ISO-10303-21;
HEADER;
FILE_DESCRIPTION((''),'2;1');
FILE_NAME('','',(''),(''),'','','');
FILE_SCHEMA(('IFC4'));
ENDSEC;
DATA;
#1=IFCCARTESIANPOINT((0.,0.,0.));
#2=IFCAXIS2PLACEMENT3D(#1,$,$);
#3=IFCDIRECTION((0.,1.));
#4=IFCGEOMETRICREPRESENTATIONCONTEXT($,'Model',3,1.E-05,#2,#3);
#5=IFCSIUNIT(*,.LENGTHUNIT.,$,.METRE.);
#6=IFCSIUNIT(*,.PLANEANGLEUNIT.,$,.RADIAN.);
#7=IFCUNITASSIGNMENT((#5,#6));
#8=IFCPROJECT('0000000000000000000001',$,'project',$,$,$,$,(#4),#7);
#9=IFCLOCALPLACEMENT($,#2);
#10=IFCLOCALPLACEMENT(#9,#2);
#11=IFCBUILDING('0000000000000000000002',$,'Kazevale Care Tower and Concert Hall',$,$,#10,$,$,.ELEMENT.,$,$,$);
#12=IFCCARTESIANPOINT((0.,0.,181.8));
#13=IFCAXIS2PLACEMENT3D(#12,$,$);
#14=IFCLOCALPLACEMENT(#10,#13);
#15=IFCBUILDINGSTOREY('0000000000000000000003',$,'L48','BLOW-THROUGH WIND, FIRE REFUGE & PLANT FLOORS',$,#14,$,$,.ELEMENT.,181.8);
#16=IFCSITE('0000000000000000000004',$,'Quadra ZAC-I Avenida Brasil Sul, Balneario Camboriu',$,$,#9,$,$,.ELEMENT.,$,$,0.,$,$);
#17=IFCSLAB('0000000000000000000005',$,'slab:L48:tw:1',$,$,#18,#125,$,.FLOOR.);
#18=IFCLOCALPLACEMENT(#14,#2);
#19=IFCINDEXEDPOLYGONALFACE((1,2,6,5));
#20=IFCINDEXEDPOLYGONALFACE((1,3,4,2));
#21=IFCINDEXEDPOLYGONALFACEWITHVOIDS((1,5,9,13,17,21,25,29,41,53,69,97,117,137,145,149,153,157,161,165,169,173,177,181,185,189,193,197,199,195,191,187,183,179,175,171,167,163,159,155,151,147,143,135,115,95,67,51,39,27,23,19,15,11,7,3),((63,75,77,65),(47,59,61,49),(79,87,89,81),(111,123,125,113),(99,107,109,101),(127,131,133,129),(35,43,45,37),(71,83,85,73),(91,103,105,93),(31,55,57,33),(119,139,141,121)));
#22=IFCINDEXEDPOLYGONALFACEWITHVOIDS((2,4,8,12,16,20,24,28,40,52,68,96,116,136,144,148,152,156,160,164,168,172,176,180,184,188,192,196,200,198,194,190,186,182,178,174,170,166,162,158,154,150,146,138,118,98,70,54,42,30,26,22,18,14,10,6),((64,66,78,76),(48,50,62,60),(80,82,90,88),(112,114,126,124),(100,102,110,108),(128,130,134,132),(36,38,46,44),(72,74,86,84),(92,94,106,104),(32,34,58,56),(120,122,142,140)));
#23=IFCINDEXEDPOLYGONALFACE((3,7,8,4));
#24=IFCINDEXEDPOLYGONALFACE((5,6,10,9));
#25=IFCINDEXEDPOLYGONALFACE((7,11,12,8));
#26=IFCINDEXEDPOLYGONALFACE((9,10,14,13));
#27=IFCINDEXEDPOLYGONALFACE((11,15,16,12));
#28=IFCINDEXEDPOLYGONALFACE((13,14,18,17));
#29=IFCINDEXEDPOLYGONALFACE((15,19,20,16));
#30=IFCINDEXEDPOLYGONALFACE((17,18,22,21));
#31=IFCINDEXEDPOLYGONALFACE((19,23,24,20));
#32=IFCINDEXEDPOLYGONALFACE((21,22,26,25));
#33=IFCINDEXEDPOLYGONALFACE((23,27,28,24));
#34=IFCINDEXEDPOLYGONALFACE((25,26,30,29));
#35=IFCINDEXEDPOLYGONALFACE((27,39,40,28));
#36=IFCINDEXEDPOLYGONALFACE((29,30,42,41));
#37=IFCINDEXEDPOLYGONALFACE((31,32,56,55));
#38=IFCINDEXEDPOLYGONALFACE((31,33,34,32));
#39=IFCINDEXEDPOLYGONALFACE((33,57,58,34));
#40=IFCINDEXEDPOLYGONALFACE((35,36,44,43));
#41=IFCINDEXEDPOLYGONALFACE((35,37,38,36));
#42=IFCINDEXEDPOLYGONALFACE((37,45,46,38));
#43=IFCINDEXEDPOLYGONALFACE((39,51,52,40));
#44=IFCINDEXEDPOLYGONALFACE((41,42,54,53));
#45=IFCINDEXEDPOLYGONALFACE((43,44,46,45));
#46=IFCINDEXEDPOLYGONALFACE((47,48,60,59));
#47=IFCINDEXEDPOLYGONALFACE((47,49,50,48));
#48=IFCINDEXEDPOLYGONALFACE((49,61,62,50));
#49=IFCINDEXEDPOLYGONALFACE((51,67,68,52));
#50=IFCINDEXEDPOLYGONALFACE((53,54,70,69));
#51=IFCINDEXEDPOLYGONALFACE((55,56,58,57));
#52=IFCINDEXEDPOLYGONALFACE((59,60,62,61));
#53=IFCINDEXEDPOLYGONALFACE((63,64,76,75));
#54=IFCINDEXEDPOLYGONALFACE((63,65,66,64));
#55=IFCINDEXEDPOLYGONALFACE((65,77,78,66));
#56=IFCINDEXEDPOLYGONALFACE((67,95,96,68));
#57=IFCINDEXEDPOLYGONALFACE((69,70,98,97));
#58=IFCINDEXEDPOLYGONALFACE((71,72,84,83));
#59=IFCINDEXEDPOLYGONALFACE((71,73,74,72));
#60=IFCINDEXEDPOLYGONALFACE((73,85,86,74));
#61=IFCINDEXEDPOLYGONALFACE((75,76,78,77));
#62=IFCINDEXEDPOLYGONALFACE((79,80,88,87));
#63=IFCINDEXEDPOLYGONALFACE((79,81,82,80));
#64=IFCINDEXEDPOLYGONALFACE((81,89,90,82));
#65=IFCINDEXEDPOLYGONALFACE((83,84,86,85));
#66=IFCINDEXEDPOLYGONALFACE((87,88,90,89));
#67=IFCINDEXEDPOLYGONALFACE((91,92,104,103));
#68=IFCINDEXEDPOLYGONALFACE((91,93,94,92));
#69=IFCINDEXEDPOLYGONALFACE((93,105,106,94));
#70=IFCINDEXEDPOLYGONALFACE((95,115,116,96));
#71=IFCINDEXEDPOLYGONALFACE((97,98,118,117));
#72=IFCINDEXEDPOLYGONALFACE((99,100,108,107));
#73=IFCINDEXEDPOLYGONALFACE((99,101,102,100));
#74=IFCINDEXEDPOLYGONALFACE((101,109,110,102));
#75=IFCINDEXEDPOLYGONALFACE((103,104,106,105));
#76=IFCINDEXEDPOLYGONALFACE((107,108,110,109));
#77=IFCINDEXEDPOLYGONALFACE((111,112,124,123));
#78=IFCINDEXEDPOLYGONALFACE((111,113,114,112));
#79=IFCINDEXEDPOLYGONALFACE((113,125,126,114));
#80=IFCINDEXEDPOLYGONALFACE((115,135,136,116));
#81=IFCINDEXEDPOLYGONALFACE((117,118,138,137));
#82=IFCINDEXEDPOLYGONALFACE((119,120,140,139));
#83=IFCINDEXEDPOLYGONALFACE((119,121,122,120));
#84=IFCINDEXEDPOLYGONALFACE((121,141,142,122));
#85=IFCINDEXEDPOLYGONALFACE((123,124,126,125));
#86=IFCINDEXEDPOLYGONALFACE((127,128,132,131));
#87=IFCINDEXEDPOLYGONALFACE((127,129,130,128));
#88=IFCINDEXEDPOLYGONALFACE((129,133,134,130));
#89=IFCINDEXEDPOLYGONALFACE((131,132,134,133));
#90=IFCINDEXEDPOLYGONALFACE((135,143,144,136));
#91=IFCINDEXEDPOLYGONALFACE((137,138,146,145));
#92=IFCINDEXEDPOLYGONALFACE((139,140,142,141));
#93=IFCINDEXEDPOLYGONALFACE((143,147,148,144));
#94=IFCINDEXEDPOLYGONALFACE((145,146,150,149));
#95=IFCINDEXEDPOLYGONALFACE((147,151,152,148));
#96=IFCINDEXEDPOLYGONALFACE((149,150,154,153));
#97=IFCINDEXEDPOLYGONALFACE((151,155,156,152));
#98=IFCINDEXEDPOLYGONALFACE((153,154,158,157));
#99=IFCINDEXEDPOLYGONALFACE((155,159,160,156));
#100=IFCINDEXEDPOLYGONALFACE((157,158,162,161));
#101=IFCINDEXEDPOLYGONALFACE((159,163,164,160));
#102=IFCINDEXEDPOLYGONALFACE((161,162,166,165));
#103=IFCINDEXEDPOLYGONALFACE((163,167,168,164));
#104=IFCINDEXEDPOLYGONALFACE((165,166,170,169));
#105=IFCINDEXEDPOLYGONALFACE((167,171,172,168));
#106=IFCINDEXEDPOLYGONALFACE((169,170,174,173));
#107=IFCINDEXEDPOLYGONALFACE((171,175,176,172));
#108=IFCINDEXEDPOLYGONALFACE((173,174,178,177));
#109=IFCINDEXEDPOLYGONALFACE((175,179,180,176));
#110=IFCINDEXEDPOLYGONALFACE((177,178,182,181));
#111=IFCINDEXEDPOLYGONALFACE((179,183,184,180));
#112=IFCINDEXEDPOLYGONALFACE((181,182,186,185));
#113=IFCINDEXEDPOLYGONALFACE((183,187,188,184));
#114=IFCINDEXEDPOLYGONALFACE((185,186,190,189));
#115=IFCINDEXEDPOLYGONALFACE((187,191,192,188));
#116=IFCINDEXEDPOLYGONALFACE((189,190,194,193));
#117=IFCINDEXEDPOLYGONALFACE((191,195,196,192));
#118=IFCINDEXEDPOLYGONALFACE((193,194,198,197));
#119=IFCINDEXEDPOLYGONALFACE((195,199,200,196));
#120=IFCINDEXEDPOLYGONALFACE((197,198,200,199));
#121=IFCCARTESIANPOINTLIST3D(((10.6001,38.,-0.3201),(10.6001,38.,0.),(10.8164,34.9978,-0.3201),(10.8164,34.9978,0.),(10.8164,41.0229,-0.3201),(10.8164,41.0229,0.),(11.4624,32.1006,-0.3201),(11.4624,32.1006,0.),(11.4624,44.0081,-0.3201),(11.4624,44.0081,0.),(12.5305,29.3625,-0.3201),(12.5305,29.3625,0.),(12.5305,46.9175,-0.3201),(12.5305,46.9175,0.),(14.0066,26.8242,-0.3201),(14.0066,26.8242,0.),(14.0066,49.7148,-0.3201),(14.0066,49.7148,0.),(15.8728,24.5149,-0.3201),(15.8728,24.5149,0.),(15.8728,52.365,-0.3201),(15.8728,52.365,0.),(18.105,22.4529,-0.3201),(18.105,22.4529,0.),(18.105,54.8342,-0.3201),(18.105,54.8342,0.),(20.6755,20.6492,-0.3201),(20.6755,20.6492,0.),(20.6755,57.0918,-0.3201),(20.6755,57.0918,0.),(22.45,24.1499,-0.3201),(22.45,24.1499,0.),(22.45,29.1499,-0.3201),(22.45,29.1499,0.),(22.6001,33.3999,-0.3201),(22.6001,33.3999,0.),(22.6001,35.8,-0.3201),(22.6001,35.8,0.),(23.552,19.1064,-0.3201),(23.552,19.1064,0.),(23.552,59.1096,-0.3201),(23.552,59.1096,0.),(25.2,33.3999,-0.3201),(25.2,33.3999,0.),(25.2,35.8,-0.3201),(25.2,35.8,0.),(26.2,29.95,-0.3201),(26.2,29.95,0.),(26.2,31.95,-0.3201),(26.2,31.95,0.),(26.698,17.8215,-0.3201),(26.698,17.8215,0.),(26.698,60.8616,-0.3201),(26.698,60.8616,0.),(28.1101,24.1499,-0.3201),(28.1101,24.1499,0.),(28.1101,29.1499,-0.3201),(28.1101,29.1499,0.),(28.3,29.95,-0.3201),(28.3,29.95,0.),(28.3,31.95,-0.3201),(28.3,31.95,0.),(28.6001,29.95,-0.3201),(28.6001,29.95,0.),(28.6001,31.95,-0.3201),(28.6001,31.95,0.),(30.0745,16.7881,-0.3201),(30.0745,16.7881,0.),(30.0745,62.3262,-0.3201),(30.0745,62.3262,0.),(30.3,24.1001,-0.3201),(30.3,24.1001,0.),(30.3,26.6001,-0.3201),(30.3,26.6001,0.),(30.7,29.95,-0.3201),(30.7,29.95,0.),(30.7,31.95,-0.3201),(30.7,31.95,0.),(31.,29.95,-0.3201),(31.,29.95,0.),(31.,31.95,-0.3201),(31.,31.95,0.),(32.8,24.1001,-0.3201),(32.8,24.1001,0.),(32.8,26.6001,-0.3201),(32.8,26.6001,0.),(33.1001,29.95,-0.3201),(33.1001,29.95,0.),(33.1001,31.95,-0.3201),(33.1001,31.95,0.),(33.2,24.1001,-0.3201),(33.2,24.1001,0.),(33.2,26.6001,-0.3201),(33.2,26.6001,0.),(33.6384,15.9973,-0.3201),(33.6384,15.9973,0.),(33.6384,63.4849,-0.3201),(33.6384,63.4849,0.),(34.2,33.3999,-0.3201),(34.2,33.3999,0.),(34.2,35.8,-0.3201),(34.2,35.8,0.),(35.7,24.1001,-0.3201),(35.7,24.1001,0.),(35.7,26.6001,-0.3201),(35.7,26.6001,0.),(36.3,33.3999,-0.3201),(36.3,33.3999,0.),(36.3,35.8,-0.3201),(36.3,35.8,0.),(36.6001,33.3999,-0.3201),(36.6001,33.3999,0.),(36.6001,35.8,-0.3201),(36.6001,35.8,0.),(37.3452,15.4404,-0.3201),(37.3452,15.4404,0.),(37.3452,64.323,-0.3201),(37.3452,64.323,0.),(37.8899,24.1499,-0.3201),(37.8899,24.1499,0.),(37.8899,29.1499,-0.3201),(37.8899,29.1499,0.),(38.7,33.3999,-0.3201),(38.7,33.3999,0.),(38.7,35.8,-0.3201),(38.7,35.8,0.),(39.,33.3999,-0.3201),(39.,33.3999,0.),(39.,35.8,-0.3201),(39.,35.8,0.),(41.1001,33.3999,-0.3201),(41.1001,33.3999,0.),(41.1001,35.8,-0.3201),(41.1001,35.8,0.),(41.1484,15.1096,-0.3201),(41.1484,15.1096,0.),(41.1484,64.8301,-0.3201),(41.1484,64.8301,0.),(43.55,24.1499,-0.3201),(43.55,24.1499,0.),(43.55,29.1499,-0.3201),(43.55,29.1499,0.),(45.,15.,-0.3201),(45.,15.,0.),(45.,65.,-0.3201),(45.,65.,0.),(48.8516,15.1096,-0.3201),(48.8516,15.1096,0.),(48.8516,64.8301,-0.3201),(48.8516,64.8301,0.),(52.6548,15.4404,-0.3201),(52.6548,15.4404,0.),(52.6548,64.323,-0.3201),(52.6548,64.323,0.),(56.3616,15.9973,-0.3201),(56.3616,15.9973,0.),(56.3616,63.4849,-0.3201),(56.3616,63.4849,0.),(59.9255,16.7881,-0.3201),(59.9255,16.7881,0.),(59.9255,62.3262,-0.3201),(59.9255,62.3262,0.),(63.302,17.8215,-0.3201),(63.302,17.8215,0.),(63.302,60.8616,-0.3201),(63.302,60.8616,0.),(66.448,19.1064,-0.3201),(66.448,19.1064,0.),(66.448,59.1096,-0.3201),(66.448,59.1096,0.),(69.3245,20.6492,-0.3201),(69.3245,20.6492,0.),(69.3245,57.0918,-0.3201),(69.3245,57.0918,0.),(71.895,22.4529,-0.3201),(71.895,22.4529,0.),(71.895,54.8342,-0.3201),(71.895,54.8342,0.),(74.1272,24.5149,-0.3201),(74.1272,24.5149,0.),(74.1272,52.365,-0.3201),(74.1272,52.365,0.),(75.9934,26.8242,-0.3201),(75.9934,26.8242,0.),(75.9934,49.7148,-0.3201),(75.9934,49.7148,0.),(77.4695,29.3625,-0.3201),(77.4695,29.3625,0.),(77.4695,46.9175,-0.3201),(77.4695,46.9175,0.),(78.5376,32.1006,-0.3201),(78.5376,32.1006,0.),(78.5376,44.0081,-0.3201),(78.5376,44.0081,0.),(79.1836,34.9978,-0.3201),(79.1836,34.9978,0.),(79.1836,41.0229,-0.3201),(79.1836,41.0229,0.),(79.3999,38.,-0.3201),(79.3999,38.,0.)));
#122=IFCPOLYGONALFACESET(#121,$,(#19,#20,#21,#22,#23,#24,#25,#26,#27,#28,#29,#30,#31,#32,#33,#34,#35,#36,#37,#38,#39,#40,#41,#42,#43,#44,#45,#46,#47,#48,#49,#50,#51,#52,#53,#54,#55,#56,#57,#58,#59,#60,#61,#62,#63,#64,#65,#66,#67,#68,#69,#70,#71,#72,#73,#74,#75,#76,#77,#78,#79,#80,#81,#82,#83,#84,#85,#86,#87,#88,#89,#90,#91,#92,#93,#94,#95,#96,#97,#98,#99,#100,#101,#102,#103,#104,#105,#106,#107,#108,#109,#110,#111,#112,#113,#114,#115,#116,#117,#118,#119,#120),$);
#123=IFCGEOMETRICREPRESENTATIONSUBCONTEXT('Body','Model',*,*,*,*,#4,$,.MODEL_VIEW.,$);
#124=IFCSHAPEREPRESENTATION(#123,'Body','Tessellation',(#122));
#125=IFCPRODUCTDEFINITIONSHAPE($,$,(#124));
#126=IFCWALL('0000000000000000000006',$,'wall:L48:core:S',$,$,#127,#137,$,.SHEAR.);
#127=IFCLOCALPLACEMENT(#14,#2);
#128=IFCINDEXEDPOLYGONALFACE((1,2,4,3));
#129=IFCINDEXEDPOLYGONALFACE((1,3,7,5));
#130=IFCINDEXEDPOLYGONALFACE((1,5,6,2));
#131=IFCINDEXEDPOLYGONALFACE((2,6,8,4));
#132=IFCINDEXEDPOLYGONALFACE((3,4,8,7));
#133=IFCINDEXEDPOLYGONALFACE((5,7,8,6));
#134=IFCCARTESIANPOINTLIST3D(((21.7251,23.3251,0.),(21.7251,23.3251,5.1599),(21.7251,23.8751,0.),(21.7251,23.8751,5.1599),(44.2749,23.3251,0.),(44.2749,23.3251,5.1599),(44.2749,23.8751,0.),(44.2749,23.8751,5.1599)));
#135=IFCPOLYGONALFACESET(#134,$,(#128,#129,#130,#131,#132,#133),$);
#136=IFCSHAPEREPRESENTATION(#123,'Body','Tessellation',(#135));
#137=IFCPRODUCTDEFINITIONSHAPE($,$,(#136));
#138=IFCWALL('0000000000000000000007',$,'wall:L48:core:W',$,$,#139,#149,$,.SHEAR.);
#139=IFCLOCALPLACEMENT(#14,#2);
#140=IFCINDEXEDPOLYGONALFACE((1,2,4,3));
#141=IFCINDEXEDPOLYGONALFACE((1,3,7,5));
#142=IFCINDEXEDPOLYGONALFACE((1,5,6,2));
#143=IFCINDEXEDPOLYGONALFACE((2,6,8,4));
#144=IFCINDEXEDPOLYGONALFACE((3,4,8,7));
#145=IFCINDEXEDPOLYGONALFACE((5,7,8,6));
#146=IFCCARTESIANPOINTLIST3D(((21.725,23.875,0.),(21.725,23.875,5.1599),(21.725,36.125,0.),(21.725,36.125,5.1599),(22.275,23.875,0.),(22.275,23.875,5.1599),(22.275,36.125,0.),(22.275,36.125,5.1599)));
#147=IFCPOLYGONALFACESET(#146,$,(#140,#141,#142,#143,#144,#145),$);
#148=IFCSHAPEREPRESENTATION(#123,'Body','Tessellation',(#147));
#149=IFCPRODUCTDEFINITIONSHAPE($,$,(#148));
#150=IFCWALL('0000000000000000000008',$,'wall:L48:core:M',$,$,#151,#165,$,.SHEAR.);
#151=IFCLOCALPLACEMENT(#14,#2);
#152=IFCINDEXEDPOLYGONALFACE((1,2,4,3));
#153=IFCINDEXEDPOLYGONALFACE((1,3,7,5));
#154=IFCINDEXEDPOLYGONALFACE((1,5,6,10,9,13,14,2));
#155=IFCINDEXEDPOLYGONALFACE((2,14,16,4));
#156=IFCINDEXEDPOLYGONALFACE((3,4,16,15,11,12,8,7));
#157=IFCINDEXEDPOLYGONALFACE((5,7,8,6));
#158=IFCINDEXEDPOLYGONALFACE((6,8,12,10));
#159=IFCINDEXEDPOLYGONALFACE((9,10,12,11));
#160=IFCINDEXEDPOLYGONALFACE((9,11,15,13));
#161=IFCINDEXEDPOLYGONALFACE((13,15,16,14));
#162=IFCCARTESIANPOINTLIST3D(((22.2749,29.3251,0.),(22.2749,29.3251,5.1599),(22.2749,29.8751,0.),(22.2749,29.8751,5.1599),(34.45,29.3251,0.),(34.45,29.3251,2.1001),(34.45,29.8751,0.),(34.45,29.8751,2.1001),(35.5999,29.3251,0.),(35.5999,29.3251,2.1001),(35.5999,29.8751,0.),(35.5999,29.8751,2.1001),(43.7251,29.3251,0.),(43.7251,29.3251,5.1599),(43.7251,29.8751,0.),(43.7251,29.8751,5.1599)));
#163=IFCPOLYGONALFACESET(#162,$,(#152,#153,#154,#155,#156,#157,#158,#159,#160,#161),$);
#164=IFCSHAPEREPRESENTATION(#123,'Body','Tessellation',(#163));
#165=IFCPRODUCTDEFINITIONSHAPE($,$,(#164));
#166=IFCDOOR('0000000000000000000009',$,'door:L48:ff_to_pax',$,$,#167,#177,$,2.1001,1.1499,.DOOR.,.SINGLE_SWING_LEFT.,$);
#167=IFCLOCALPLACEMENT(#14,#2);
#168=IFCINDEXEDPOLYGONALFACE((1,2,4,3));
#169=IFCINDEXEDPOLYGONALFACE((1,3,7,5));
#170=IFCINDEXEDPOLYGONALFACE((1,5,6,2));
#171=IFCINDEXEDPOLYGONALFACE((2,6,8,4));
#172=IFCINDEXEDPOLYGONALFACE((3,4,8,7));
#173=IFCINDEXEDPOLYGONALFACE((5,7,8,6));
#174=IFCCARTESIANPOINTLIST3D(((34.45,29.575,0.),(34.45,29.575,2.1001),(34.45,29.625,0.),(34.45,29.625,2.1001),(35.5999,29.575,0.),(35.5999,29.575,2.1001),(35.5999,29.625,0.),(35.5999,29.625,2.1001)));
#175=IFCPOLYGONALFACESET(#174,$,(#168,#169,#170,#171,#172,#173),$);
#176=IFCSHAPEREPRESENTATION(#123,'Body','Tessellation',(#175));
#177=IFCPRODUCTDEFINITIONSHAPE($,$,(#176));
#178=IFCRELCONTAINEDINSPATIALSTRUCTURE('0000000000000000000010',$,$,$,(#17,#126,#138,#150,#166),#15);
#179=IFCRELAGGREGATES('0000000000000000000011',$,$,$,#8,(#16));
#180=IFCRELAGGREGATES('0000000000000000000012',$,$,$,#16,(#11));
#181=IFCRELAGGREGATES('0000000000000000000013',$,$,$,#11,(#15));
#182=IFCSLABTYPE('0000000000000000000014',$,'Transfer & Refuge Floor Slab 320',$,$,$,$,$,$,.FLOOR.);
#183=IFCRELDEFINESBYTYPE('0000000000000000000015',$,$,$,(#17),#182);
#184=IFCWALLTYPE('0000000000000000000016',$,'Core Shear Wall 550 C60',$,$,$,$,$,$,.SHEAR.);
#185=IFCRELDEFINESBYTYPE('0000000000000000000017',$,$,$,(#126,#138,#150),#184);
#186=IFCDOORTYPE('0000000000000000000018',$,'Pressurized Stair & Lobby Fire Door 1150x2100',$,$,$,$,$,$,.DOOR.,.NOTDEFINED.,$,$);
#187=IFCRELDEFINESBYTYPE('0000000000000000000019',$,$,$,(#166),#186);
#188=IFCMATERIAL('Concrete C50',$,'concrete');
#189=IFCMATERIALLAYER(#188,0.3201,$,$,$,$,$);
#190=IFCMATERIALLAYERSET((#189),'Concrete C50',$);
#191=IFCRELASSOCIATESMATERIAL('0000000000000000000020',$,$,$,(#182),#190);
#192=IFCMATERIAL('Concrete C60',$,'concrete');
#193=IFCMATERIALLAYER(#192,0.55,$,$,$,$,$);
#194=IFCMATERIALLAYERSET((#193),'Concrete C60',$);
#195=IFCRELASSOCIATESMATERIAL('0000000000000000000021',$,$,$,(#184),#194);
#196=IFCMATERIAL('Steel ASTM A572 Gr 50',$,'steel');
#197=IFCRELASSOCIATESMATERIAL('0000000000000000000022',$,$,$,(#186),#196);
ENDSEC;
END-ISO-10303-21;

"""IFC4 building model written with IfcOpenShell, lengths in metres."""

from ifc_helpers import new_model, si_unit, direction, frame, frame_2d, origin, place, context, subcontext, project, spatial, polyline, rectangle, outline, extrude, material, layer, layer_set, type_object, element, fill, save


model = new_model("IFC4")

# Units and contexts
model_context = context("Model", 3, precision=1e-05, world=origin(), true_north=direction((0.0, 1.0)))
body_context = subcontext(model_context, "Body", "Model", "MODEL_VIEW")
ifc_project = project(units=[si_unit("LENGTHUNIT", "METRE"), si_unit("PLANEANGLEUNIT", "RADIAN")], contexts=[model_context])

# Site, building, storey
site_placement = place(None, origin())
site = spatial("IfcSite", under=ifc_project, at=site_placement, Name="Quadra ZAC-I Avenida Brasil Sul, Balneario Camboriu", CompositionType="ELEMENT", RefElevation=0.0)
building_placement = place(site_placement, origin())
building = spatial("IfcBuilding", under=site, at=building_placement, Name="Kazevale Care Tower and Concert Hall", CompositionType="ELEMENT")
storey_placement = place(building_placement, frame((0.0, 0.0, 181.8)))
storey = spatial("IfcBuildingStorey", under=building, at=storey_placement, Name="L48", Description="BLOW-THROUGH WIND, FIRE REFUGE & PLANT FLOORS", CompositionType="ELEMENT", Elevation=181.8)

# Shared definitions
ifc_material_1 = material(Name="Concrete C60", Category="concrete")

# Shared definitions
ifc_material_2 = material(Name="Steel ASTM A572 Gr 50", Category="steel")

# Slab
ifc_material_3 = material(Name="Concrete C50", Category="concrete")
ifc_layer_1 = layer(ifc_material_3, 0.3201)
ifc_layer_set_1 = layer_set([ifc_layer_1], Name="Concrete C50")
slab_type_1 = type_object("IfcSlabType", Name="Transfer & Refuge Floor Slab 320", PredefinedType="FLOOR", material=ifc_layer_set_1)
slab_1_placement = place(storey_placement, frame((0.0, 0.0, -0.3201)))
element("IfcSlab", 1, at=slab_1_placement, inside=storey, type_object=slab_type_1, Name="slab:L48:tw:1", PredefinedType="FLOOR", context=body_context, shape_type="SweptSolid", body=[
    extrude(outline(polyline([(79.3999, 38.0), (79.1836, 41.0229), (78.5376, 44.0081), (77.4695, 46.9175), (75.9934, 49.7148), (74.1272, 52.365), (71.895, 54.8342), (69.3245, 57.0918), (66.448, 59.1096), (63.302, 60.8616), (59.9255, 62.3262), (56.3616, 63.4849), (52.6548, 64.323), (48.8516, 64.8301), (45.0, 65.0), (41.1484, 64.8301), (37.3452, 64.323), (33.6384, 63.4849), (30.0745, 62.3262), (26.698, 60.8616), (23.552, 59.1096), (20.6755, 57.0918), (18.105, 54.8342), (15.8728, 52.365), (14.0066, 49.7148), (12.5305, 46.9175), (11.4624, 44.0081), (10.8164, 41.0229), (10.6001, 38.0), (10.8164, 34.9978), (11.4624, 32.1006), (12.5305, 29.3625), (14.0066, 26.8242), (15.8728, 24.5149), (18.105, 22.4529), (20.6755, 20.6492), (23.552, 19.1064), (26.698, 17.8215), (30.0745, 16.7881), (33.6384, 15.9973), (37.3452, 15.4404), (41.1484, 15.1096), (45.0, 15.0), (48.8516, 15.1096), (52.6548, 15.4404), (56.3616, 15.9973), (59.9255, 16.7881), (63.302, 17.8215), (66.448, 19.1064), (69.3245, 20.6492), (71.895, 22.4529), (74.1272, 24.5149), (75.9934, 26.8242), (77.4695, 29.3625), (78.5376, 32.1006), (79.1836, 34.9978), (79.3999, 38.0)]), holes=[polyline([(22.45, 24.1499), (28.1101, 24.1499), (28.1101, 29.1499), (22.45, 29.1499), (22.45, 24.1499)]), polyline([(37.8899, 24.1499), (43.55, 24.1499), (43.55, 29.1499), (37.8899, 29.1499), (37.8899, 24.1499)]), polyline([(30.3, 24.1001), (32.8, 24.1001), (32.8, 26.6001), (30.3, 26.6001), (30.3, 24.1001)]), polyline([(33.2, 24.1001), (35.7, 24.1001), (35.7, 26.6001), (33.2, 26.6001), (33.2, 24.1001)]), polyline([(22.6001, 33.3999), (25.2, 33.3999), (25.2, 35.8), (22.6001, 35.8), (22.6001, 33.3999)]), polyline([(34.2, 33.3999), (36.3, 33.3999), (36.3, 35.8), (34.2, 35.8), (34.2, 33.3999)]), polyline([(36.6001, 33.3999), (38.7, 33.3999), (38.7, 35.8), (36.6001, 35.8), (36.6001, 33.3999)]), polyline([(39.0, 33.3999), (41.1001, 33.3999), (41.1001, 35.8), (39.0, 35.8), (39.0, 33.3999)]), polyline([(26.2, 29.95), (28.3, 29.95), (28.3, 31.95), (26.2, 31.95), (26.2, 29.95)]), polyline([(28.6001, 29.95), (30.7, 29.95), (30.7, 31.95), (28.6001, 31.95), (28.6001, 29.95)]), polyline([(31.0, 29.95), (33.1001, 29.95), (33.1001, 31.95), (31.0, 31.95), (31.0, 29.95)])]), origin(), (0.0, 0.0, 1.0), 0.3201),
])

# Walls
ifc_layer_2 = layer(ifc_material_1, 0.55)
ifc_layer_set_2 = layer_set([ifc_layer_2], Name="Concrete C60")
wall_type_1 = type_object("IfcWallType", Name="Core Shear Wall 550 C60", PredefinedType="SHEAR", material=ifc_layer_set_2)
wall_1_placement = place(storey_placement, frame((21.7251, 23.6001, 0.0), z_axis=(0.0, 0.0, 1.0), x_axis=(1.0, 0.0, 0.0)))
element("IfcWall", 2, at=wall_1_placement, inside=storey, type_object=wall_type_1, Name="wall:L48:core:S", PredefinedType="SHEAR", context=body_context, shape_type="SweptSolid", body=[
    extrude(rectangle(XDim=22.5498, YDim=0.55, at=frame_2d((11.2749, 0.0))), origin(), (0.0, 0.0, 1.0), 5.1599),
])
wall_2_placement = place(storey_placement, frame((22.0, 23.875, 0.0), z_axis=(0.0, 0.0, 1.0), x_axis=(0.0, 1.0, 0.0)))
element("IfcWall", 3, at=wall_2_placement, inside=storey, type_object=wall_type_1, Name="wall:L48:core:W", PredefinedType="SHEAR", context=body_context, shape_type="SweptSolid", body=[
    extrude(rectangle(XDim=12.25, YDim=0.55, at=frame_2d((6.125, 0.0))), origin(), (0.0, 0.0, 1.0), 5.1599),
])

# Wall, opening, door
wall_3_placement = place(storey_placement, frame((22.2749, 29.6001, 0.0), z_axis=(0.0, 0.0, 1.0), x_axis=(1.0, 0.0, 0.0)))
wall_3 = element("IfcWall", 4, at=wall_3_placement, inside=storey, type_object=wall_type_1, Name="wall:L48:core:M", PredefinedType="SHEAR", context=body_context, shape_type="SweptSolid", body=[
    extrude(rectangle(XDim=21.4502, YDim=0.55, at=frame_2d((10.7251, 0.0))), origin(), (0.0, 0.0, 1.0), 5.1599),
])
opening_placement = place(wall_3_placement, frame((12.175, 0.0, 0.0)))
opening = element("IfcOpeningElement", 5, at=opening_placement, cuts=wall_3, PredefinedType="OPENING", context=body_context, shape_type="SweptSolid", body=[
    extrude(rectangle(XDim=1.1499, YDim=2.1001, at=frame_2d((0.575, 1.05))), frame((0.0, 0.2849, 0.0), z_axis=(0.0, -1.0, 0.0), x_axis=(1.0, 0.0, 0.0)), (0.0, 0.0, 1.0), 0.5701),
])
door_type = type_object("IfcDoorType", Name="Pressurized Stair & Lobby Fire Door 1150x2100", OperationType="NOTDEFINED", PredefinedType="DOOR", material=ifc_material_2)
door_placement = place(opening_placement, origin())
door = element("IfcDoor", 6, at=door_placement, inside=storey, type_object=door_type, Name="door:L48:ff_to_pax", OperationType="SINGLE_SWING_LEFT", OverallHeight=2.1001, OverallWidth=1.1499, PredefinedType="DOOR", context=body_context, shape_type="SweptSolid", body=[
    extrude(rectangle(XDim=1.1499, YDim=2.1001, at=frame_2d((0.575, 1.05))), frame((0.0, 0.0249, 0.0), z_axis=(0.0, -1.0, 0.0), x_axis=(1.0, 0.0, 0.0)), (0.0, 0.0, 1.0), 0.05),
])
fill(opening, door)

save(model, "model.ifc")
